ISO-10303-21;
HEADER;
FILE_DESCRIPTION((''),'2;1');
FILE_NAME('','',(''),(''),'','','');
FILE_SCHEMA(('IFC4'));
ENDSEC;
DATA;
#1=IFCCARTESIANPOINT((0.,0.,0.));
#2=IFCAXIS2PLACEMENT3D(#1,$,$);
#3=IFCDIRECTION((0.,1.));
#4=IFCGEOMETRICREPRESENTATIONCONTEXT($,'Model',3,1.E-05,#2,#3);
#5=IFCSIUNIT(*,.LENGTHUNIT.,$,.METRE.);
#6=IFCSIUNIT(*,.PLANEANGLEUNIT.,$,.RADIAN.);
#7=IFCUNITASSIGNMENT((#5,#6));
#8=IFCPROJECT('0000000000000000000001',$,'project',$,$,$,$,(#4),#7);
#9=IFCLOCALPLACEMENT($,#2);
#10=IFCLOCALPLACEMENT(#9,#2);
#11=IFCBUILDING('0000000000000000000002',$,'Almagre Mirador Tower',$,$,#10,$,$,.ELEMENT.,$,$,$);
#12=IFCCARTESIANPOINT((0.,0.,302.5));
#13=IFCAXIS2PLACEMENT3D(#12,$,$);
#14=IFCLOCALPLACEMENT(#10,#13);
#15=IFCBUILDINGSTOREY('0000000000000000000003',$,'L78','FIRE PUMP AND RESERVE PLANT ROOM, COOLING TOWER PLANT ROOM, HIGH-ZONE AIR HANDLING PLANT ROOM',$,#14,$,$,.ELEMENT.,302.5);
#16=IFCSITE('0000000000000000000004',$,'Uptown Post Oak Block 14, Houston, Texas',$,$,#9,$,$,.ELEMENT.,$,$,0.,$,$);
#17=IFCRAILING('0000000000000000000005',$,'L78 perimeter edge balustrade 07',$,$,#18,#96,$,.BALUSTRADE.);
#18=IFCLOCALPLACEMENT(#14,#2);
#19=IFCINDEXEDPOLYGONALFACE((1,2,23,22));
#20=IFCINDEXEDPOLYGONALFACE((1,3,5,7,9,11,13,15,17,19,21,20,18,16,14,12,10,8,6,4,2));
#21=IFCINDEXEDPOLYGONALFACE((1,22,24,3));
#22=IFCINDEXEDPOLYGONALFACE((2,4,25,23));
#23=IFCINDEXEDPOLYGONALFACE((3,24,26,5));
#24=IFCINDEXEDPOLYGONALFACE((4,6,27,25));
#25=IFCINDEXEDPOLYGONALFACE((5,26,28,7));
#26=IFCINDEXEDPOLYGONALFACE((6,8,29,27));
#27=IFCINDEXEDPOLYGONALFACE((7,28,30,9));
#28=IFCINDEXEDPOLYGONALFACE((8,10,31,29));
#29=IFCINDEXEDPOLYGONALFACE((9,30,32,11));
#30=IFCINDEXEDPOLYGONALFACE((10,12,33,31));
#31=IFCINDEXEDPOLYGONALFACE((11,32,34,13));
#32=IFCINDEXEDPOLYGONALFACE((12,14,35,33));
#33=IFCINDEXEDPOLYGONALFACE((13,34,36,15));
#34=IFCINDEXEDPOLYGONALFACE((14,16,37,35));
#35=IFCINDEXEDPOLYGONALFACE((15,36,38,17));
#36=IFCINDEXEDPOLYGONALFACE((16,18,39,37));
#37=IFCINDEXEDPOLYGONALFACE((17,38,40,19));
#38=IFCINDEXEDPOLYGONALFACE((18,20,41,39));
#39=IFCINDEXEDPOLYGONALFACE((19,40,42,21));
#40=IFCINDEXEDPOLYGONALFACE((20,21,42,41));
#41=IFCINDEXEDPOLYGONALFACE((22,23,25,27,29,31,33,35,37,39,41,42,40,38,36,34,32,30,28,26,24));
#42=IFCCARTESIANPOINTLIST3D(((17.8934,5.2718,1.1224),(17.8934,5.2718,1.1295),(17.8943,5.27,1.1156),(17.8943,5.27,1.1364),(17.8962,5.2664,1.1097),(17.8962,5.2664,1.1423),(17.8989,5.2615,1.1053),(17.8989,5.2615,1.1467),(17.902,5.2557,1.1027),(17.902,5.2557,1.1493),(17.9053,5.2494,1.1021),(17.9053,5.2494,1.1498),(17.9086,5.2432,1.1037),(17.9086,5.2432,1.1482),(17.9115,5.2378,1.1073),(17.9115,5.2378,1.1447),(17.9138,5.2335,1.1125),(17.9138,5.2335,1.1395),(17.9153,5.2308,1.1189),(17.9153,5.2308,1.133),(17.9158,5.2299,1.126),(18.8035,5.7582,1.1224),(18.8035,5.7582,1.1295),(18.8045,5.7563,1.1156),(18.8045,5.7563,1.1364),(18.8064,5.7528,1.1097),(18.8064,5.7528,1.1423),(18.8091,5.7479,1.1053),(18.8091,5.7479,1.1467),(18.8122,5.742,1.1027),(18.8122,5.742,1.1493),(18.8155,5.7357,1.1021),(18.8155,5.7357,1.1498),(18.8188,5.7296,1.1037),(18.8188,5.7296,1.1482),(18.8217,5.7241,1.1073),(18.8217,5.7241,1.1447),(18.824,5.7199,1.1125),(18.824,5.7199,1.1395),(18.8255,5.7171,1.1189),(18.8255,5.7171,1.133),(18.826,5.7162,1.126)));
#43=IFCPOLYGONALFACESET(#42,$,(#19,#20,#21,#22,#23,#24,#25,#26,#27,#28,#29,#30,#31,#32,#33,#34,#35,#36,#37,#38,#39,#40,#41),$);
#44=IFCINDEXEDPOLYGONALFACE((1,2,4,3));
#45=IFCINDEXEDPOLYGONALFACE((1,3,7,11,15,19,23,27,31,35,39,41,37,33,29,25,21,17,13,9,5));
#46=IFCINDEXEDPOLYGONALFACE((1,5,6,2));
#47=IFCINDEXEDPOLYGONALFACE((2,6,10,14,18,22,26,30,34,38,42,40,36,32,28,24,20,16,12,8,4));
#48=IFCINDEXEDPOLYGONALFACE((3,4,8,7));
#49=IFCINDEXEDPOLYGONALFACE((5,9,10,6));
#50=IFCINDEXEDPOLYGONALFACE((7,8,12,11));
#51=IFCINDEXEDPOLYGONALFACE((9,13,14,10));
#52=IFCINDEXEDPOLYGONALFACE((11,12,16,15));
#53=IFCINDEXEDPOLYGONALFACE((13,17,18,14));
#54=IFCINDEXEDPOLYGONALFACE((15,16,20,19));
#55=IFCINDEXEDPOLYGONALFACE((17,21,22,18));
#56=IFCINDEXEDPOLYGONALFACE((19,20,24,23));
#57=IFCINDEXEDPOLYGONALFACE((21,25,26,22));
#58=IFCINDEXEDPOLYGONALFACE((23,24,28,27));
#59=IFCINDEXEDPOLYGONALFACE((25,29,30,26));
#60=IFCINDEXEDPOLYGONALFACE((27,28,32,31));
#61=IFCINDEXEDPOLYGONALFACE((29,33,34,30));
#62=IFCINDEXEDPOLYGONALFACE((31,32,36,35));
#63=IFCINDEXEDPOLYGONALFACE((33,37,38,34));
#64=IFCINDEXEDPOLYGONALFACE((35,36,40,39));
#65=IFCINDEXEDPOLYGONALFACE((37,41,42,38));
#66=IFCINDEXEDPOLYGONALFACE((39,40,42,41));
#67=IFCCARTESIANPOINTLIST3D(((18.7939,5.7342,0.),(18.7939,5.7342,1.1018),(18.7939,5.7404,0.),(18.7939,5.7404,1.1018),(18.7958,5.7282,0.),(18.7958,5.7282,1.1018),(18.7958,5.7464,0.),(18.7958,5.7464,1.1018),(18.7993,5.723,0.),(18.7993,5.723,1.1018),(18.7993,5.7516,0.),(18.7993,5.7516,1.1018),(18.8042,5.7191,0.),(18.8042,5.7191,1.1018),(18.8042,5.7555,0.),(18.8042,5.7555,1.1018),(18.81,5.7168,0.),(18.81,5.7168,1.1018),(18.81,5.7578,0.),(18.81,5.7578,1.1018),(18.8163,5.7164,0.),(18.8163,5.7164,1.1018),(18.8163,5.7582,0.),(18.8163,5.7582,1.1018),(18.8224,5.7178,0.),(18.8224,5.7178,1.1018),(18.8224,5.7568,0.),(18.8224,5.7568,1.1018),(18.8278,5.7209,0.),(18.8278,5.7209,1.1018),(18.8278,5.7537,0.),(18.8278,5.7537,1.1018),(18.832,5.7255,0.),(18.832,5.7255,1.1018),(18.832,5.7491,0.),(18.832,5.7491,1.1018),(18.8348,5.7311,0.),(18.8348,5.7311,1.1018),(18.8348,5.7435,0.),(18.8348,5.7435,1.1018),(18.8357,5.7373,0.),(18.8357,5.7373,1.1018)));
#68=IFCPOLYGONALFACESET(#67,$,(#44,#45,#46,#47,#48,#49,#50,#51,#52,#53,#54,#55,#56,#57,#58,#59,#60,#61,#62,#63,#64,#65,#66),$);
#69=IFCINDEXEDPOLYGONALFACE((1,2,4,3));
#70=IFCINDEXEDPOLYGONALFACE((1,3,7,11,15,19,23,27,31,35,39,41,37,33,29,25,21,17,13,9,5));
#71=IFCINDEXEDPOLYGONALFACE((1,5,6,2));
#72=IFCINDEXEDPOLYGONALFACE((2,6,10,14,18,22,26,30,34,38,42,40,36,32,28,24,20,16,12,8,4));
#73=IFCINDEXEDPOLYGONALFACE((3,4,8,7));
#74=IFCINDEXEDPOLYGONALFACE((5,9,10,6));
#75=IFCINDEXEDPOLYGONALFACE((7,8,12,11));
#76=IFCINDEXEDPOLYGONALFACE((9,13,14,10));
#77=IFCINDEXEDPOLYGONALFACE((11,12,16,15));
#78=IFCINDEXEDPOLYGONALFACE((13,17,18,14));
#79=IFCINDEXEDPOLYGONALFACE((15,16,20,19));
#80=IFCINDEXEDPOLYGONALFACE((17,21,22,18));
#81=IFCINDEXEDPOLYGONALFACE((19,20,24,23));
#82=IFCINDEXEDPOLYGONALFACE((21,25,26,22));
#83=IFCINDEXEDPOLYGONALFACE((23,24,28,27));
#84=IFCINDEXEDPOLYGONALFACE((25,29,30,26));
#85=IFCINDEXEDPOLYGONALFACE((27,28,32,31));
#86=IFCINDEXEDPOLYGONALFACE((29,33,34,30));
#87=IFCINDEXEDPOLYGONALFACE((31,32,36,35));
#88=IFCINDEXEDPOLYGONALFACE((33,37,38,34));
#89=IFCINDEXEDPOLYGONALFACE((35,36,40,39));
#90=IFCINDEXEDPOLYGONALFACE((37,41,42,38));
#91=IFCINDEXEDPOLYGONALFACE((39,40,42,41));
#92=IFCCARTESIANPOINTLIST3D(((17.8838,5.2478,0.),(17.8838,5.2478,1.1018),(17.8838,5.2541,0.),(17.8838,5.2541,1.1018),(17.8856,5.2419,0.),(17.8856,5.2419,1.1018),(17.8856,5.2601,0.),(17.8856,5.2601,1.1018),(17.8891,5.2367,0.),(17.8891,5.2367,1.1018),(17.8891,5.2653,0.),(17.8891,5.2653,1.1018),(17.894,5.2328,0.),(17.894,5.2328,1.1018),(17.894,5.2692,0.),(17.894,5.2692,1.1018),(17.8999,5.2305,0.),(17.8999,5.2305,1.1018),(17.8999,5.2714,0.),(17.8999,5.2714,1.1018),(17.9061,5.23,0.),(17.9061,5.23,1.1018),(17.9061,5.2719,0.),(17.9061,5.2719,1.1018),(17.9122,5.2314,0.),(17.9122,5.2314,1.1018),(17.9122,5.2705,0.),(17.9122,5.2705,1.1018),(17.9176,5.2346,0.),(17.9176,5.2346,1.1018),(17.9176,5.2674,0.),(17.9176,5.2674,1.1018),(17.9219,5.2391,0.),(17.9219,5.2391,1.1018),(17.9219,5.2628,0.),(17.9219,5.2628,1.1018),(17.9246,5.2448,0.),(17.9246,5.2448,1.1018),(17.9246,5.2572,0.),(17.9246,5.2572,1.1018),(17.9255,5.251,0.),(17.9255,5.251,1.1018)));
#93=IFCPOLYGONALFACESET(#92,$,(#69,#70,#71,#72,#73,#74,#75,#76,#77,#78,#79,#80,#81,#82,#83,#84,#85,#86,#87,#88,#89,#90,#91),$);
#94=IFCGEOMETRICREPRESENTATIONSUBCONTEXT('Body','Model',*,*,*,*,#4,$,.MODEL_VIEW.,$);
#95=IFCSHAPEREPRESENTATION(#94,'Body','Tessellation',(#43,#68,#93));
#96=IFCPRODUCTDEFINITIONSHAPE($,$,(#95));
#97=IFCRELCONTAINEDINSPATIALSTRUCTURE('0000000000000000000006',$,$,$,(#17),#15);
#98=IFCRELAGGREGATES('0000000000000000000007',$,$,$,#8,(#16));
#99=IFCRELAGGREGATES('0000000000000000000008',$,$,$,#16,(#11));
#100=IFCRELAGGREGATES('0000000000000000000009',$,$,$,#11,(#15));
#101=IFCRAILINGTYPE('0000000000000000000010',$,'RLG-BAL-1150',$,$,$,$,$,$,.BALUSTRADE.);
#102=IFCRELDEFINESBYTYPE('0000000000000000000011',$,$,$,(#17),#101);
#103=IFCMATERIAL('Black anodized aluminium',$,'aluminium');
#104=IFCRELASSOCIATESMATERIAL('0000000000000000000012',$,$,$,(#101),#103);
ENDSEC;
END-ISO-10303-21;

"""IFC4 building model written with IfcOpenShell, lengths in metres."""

from ifc_helpers import new_model, si_unit, direction, frame, origin, origin_2d, place, context, subcontext, project, spatial, circle, extrude, material, type_object, element, save


model = new_model("IFC4")

# Units and contexts
model_context = context("Model", 3, precision=1e-05, world=origin(), true_north=direction((0.0, 1.0)))
body_context = subcontext(model_context, "Body", "Model", "MODEL_VIEW")
ifc_project = project(units=[si_unit("LENGTHUNIT", "METRE"), si_unit("PLANEANGLEUNIT", "RADIAN")], contexts=[model_context])

# Site, building, storey
site_placement = place(None, origin())
site = spatial("IfcSite", under=ifc_project, at=site_placement, Name="Uptown Post Oak Block 14, Houston, Texas", CompositionType="ELEMENT", RefElevation=0.0)
building_placement = place(site_placement, origin())
building = spatial("IfcBuilding", under=site, at=building_placement, Name="Almagre Mirador Tower", CompositionType="ELEMENT")
storey_placement = place(building_placement, frame((0.0, 0.0, 302.5)))
storey = spatial("IfcBuildingStorey", under=building, at=storey_placement, Name="L78", Description="FIRE PUMP AND RESERVE PLANT ROOM, COOLING TOWER PLANT ROOM, HIGH-ZONE AIR HANDLING PLANT ROOM", CompositionType="ELEMENT", Elevation=302.5)

# Railing
ifc_material_1 = material(Name="Black anodized aluminium", Category="aluminium")
railing_type = type_object("IfcRailingType", Name="RLG-BAL-1150", PredefinedType="BALUSTRADE", material=ifc_material_1)
railing_1_placement = place(storey_placement, frame((18.8147, 5.7373, 0.0)))
element("IfcRailing", 1, at=railing_1_placement, inside=storey, type_object=railing_type, Name="L78 perimeter edge balustrade 07", PredefinedType="BALUSTRADE", context=body_context, shape_type="SweptSolid", body=[
    extrude(circle(Radius=0.0239, at=origin_2d()), frame((0.0, 0.0, 1.126), z_axis=(-0.881986, -0.471276, 0.0), x_axis=(0.471276, -0.881986, 0.0)), (0.0, 0.0, 1.0), 1.032),
    extrude(circle(Radius=0.021, at=origin_2d()), origin(), (0.0, 0.0, 1.0), 1.1018),
    extrude(circle(Radius=0.021, at=origin_2d()), frame((-0.9102, -0.4863, 0.0)), (0.0, 0.0, 1.0), 1.1018),
])

save(model, "model.ifc")
